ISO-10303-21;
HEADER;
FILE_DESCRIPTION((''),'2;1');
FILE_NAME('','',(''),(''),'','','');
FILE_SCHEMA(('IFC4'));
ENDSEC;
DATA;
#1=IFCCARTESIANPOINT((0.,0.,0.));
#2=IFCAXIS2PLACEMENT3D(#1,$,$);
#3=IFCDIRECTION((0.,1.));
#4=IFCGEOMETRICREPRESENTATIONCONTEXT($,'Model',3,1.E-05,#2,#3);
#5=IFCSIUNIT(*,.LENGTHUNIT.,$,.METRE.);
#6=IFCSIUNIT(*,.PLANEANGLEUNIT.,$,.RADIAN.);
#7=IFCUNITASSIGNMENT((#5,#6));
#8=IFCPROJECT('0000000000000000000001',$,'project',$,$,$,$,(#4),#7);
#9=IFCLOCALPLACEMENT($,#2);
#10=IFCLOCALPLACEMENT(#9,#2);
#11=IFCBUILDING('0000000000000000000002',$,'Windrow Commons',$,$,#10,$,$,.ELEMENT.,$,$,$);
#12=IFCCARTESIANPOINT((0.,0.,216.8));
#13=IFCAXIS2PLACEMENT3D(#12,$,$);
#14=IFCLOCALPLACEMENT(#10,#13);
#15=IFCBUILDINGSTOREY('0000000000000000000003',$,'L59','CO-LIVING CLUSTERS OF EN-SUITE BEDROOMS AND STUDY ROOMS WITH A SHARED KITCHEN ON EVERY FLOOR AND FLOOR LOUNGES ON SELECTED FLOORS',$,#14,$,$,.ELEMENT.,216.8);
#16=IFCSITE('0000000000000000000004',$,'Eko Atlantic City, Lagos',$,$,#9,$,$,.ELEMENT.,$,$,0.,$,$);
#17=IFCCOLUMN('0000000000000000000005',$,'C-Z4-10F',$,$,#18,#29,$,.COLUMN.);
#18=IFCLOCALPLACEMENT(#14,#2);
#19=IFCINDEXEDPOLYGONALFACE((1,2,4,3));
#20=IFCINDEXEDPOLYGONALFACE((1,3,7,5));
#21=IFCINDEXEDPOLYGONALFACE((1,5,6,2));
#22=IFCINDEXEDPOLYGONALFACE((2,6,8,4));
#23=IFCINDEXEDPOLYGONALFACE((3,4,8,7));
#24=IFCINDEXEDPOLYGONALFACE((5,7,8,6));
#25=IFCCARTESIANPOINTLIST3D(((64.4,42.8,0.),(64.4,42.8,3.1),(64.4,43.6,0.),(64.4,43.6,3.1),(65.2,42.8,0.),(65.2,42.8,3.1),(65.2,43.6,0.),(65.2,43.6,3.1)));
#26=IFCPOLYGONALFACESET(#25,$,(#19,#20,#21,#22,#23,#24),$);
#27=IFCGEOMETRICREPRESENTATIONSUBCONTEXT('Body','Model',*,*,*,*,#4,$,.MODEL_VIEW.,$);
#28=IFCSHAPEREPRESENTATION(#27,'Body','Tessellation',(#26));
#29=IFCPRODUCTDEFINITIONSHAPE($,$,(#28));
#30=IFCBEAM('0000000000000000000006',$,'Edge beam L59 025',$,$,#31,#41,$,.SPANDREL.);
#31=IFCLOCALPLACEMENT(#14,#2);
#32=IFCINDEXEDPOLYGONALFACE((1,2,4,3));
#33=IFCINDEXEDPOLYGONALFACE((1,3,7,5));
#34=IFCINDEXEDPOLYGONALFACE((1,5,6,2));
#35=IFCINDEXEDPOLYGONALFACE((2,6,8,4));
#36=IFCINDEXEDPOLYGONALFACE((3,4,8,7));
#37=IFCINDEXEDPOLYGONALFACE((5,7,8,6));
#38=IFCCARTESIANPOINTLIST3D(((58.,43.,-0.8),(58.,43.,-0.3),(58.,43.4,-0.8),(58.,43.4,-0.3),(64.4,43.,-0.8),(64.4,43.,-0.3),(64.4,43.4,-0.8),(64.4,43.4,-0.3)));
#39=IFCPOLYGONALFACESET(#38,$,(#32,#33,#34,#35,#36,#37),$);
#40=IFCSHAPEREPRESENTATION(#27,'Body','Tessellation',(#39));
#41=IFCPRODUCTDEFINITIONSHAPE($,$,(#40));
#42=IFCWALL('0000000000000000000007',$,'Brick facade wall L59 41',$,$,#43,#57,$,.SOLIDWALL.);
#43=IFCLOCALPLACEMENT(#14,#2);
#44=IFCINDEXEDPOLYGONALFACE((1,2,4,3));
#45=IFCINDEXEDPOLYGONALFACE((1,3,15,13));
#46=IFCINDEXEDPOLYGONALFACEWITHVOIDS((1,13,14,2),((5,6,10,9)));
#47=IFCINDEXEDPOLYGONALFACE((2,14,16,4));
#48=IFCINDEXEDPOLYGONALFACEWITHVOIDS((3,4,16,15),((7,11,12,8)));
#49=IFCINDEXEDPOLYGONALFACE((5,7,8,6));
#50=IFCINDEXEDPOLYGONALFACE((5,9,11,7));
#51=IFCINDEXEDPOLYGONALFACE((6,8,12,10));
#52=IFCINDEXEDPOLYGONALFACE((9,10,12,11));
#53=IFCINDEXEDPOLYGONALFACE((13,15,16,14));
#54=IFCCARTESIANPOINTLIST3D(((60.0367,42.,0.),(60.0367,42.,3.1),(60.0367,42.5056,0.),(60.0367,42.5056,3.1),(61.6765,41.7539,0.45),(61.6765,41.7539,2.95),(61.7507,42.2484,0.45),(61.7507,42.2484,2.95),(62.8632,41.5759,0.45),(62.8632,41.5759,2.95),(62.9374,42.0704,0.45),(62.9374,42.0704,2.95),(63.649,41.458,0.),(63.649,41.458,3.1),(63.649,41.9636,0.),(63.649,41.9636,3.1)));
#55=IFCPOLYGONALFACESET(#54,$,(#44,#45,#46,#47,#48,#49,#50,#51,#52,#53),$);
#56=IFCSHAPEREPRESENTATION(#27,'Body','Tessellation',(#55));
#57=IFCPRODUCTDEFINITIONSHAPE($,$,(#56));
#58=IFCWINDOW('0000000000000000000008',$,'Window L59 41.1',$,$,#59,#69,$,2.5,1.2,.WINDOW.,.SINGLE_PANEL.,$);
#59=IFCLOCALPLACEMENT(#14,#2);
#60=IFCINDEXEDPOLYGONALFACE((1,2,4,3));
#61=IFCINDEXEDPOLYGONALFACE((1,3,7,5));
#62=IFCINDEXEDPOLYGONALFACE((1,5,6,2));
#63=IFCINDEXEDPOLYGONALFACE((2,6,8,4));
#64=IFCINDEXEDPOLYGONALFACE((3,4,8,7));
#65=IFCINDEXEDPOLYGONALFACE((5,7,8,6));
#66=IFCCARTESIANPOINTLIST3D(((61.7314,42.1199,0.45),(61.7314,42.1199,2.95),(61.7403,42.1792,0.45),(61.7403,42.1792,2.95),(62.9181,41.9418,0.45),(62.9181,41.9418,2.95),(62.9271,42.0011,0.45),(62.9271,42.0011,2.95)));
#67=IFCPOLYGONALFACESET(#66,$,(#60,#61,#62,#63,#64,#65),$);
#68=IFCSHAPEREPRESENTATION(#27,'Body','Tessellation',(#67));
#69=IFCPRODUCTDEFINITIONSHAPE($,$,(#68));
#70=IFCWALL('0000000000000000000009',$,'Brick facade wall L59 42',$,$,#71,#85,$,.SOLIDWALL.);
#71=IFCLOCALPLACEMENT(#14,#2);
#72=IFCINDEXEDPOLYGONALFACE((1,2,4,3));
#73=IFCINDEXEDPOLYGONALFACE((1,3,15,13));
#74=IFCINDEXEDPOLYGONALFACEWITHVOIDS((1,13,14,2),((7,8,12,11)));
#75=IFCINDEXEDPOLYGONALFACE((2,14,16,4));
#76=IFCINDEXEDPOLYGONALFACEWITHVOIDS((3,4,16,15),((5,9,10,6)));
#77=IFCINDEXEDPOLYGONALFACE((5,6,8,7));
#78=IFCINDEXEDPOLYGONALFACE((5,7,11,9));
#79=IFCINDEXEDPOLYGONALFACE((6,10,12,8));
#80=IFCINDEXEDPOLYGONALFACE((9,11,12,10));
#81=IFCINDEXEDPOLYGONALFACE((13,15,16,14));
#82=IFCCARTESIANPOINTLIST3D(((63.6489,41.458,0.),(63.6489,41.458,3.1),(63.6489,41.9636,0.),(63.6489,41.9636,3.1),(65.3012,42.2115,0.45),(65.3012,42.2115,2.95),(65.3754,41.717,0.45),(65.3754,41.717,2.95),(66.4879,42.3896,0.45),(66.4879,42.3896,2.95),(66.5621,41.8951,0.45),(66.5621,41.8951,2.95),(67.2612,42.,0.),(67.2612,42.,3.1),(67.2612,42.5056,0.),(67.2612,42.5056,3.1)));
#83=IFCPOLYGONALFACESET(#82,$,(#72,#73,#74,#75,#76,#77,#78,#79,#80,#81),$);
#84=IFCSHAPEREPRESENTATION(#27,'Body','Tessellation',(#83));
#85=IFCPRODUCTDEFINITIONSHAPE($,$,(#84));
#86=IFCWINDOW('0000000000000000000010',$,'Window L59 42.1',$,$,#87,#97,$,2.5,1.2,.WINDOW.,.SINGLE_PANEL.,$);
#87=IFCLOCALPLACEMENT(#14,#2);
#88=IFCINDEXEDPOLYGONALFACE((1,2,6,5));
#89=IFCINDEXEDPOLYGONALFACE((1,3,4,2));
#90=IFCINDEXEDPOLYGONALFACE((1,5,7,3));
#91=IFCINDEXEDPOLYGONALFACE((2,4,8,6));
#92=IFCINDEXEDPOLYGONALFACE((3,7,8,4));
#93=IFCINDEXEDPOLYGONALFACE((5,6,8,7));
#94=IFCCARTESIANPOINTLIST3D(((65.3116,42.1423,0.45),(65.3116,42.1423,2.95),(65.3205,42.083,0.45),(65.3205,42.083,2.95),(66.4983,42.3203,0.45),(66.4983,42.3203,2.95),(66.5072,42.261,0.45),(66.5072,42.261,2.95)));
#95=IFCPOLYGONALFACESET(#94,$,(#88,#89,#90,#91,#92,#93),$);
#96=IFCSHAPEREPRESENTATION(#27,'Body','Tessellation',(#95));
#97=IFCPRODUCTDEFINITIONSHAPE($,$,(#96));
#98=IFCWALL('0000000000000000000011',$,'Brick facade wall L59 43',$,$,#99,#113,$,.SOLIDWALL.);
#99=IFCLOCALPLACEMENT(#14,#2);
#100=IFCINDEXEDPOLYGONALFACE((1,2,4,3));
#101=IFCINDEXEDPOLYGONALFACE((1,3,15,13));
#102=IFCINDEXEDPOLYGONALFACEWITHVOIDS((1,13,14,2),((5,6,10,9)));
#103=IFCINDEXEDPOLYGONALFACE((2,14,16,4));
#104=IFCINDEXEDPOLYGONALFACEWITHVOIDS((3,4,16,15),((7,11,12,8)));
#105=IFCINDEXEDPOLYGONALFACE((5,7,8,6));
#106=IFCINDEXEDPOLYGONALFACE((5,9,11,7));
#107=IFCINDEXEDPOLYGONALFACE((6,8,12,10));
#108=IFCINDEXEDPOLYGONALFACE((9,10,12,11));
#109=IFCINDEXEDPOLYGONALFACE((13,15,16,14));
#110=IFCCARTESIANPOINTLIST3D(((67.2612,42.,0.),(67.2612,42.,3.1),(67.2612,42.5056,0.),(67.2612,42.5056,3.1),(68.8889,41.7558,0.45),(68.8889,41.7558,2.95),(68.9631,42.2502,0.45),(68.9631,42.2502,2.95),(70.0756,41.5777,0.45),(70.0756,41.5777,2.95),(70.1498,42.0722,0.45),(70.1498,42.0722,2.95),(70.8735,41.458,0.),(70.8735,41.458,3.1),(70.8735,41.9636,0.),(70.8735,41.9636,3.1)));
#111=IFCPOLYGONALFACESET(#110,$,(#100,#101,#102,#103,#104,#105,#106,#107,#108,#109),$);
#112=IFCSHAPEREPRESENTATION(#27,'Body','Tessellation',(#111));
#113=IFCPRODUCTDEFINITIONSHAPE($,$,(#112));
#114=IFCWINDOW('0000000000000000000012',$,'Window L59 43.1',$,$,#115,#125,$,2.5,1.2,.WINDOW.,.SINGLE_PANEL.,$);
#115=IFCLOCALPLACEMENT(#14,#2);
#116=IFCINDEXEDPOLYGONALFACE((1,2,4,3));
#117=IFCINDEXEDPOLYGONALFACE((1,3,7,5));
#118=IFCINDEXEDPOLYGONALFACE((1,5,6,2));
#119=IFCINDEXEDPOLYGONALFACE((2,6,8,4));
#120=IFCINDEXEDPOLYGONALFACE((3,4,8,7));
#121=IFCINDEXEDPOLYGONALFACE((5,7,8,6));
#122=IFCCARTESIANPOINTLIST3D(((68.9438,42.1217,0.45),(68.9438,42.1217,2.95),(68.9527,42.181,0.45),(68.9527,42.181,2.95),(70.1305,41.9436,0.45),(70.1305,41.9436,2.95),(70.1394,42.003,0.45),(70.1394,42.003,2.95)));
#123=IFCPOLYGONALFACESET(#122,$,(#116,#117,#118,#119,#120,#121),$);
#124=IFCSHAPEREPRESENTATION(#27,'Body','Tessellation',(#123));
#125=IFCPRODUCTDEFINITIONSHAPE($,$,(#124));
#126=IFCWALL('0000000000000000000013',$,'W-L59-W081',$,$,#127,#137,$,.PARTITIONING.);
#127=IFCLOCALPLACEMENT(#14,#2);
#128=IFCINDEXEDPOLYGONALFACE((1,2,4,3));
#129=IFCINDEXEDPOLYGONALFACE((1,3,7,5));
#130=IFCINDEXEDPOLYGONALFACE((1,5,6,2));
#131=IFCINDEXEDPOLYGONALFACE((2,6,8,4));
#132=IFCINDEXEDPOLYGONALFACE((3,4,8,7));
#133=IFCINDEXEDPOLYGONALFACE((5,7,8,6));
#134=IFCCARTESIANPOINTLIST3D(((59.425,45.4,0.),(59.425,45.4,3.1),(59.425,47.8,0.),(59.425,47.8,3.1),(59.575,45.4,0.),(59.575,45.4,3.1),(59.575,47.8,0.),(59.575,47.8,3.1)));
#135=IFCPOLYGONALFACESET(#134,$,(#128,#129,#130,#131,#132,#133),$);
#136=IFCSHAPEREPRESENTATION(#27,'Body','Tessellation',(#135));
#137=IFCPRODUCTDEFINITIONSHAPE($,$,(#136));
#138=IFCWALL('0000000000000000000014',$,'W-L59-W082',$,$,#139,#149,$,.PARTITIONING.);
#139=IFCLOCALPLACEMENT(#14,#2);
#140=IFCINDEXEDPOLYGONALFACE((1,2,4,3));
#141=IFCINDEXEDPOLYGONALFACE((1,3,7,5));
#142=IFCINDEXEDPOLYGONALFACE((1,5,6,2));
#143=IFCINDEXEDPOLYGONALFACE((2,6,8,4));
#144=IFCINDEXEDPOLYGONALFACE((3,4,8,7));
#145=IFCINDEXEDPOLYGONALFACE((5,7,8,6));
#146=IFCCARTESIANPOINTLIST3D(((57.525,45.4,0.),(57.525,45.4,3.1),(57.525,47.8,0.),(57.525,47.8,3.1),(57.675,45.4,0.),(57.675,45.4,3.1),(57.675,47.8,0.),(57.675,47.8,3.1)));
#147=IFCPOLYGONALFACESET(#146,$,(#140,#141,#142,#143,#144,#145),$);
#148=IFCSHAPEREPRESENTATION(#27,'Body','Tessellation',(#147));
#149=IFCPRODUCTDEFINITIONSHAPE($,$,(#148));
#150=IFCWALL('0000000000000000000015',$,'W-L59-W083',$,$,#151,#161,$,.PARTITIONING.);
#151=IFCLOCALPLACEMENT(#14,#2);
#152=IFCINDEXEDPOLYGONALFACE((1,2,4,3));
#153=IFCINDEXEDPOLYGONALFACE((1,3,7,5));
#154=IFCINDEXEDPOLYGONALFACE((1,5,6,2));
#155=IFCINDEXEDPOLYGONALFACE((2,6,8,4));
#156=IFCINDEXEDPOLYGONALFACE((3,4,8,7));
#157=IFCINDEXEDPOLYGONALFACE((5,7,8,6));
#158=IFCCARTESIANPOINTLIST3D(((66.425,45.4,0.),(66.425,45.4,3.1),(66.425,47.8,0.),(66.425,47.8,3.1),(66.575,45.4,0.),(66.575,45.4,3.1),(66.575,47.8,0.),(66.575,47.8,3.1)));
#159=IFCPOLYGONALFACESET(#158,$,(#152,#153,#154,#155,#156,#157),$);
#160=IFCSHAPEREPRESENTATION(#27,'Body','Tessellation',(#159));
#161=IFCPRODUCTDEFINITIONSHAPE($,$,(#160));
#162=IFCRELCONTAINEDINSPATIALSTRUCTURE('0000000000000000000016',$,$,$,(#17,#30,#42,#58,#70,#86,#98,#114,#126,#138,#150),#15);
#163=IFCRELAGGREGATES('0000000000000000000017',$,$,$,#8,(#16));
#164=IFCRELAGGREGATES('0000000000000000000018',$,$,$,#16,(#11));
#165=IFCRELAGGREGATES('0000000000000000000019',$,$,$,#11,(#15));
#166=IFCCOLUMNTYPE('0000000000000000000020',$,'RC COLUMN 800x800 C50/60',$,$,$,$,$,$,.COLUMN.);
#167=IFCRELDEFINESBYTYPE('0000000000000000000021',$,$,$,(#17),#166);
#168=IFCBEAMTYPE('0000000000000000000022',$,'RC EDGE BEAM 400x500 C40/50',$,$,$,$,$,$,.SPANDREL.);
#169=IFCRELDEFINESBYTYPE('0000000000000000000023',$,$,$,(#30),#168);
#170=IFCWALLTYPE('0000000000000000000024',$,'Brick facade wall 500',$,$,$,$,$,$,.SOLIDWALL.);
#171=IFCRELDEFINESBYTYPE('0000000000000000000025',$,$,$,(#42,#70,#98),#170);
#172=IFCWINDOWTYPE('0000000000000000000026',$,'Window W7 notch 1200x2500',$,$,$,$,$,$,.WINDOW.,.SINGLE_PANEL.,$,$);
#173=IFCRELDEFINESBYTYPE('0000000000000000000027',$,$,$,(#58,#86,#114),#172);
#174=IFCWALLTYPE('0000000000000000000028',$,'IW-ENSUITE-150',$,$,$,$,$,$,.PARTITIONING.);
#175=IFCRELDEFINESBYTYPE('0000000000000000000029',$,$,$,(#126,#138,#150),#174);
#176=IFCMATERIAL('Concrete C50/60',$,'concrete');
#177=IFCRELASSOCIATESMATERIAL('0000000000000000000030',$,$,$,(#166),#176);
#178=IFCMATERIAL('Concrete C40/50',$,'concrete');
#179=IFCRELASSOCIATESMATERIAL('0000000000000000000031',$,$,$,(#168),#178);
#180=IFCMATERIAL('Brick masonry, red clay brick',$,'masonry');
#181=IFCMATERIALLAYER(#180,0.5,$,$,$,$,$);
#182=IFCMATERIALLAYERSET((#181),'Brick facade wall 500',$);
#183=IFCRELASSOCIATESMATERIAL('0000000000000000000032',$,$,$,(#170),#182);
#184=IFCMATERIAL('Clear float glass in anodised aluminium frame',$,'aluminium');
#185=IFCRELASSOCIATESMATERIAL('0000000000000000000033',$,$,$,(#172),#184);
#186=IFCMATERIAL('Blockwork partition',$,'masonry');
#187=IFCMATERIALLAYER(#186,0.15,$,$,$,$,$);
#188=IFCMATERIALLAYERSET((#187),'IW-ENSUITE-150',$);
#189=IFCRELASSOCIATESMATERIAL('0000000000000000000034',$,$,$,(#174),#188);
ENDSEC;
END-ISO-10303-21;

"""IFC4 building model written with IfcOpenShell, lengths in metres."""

from ifc_helpers import new_model, si_unit, direction, frame, frame_2d, origin, origin_2d, place, context, subcontext, project, spatial, polyline, rectangle, outline, extrude, material, layer, layer_set, material_profile, profile_set, type_object, element, fill, save


model = new_model("IFC4")

# Units and contexts
model_context = context("Model", 3, precision=1e-05, world=origin(), true_north=direction((0.0, 1.0)))
body_context = subcontext(model_context, "Body", "Model", "MODEL_VIEW")
ifc_project = project(units=[si_unit("LENGTHUNIT", "METRE"), si_unit("PLANEANGLEUNIT", "RADIAN")], contexts=[model_context])

# Site, building, storey
site_placement = place(None, origin())
site = spatial("IfcSite", under=ifc_project, at=site_placement, Name="Eko Atlantic City, Lagos", CompositionType="ELEMENT", RefElevation=0.0)
building_placement = place(site_placement, origin())
building = spatial("IfcBuilding", under=site, at=building_placement, Name="Windrow Commons", CompositionType="ELEMENT")
storey_placement = place(building_placement, frame((0.0, 0.0, 216.8)))
storey = spatial("IfcBuildingStorey", under=building, at=storey_placement, Name="L59", Description="CO-LIVING CLUSTERS OF EN-SUITE BEDROOMS AND STUDY ROOMS WITH A SHARED KITCHEN ON EVERY FLOOR AND FLOOR LOUNGES ON SELECTED FLOORS", CompositionType="ELEMENT", Elevation=216.8)

# Column
ifc_material_1 = material(Name="Concrete C50/60", Category="concrete")
ifc_material_profile_1 = material_profile(ifc_material_1, rectangle(XDim=0.8, YDim=0.8, at=origin_2d()))
ifc_profile_set_1 = profile_set([ifc_material_profile_1], Name="Concrete C50/60")
column_type = type_object("IfcColumnType", Name="RC COLUMN 800x800 C50/60", PredefinedType="COLUMN", material=ifc_profile_set_1)
column_placement = place(storey_placement, frame((64.8, 43.2, 0.0), z_axis=(0.0, 0.0, 1.0), x_axis=(1.0, 0.0, 0.0)))
element("IfcColumn", 1, at=column_placement, inside=storey, type_object=column_type, Name="C-Z4-10F", PredefinedType="COLUMN", context=body_context, shape_type="SweptSolid", body=[
    extrude(rectangle(XDim=0.8, YDim=0.8, at=origin_2d()), origin(), (0.0, 0.0, 1.0), 3.1),
])

# Beam
ifc_material_2 = material(Name="Concrete C40/50", Category="concrete")
ifc_material_profile_2 = material_profile(ifc_material_2, rectangle(XDim=0.4, YDim=0.5, at=origin_2d()))
ifc_profile_set_2 = profile_set([ifc_material_profile_2], Name="Concrete C40/50")
beam_type = type_object("IfcBeamType", Name="RC EDGE BEAM 400x500 C40/50", PredefinedType="SPANDREL", material=ifc_profile_set_2)
beam_placement = place(storey_placement, frame((64.4, 43.2, -0.55), z_axis=(-1.0, 0.0, 0.0), x_axis=(0.0, -1.0, 0.0)))
element("IfcBeam", 2, at=beam_placement, inside=storey, type_object=beam_type, Name="Edge beam L59 025", PredefinedType="SPANDREL", context=body_context, shape_type="SweptSolid", body=[
    extrude(rectangle(XDim=0.4, YDim=0.5, at=origin_2d()), origin(), (0.0, 0.0, 1.0), 6.4),
])

# Walls, openings, windows
ifc_material_3 = material(Name="Brick masonry, red clay brick", Category="masonry")
ifc_layer_1 = layer(ifc_material_3, 0.5)
ifc_layer_set_1 = layer_set([ifc_layer_1], Name="Brick facade wall 500")
wall_type_1 = type_object("IfcWallType", Name="Brick facade wall 500", PredefinedType="SOLIDWALL", material=ifc_layer_set_1)
wall_1_placement = place(storey_placement, frame((60.0367, 42.2528, 0.0), z_axis=(0.0, 0.0, 1.0), x_axis=(0.98893, -0.148386, 0.0)))
wall_1 = element("IfcWall", 3, at=wall_1_placement, inside=storey, type_object=wall_type_1, Name="Brick facade wall L59 41", PredefinedType="SOLIDWALL", context=body_context, shape_type="SweptSolid", body=[
    extrude(outline(polyline([(0.0375, -0.25), (3.6902, -0.25), (3.6152, 0.25), (-0.0375, 0.25), (0.0375, -0.25)])), origin(), (0.0, 0.0, 1.0), 3.1),
])
opening_1_placement = place(wall_1_placement, frame((1.6957, 0.0, 0.45)))
opening_1 = element("IfcOpeningElement", 4, at=opening_1_placement, cuts=wall_1, PredefinedType="OPENING", context=body_context, shape_type="SweptSolid", body=[
    extrude(rectangle(XDim=1.2, YDim=2.5, at=frame_2d((0.6, 1.25))), frame((0.0, 0.26, 0.0), z_axis=(0.0, -1.0, 0.0), x_axis=(1.0, 0.0, 0.0)), (0.0, 0.0, 1.0), 0.52),
])
ifc_material_4 = material(Name="Clear float glass in anodised aluminium frame", Category="aluminium")
window_type = type_object("IfcWindowType", Name="Window W7 notch 1200x2500", PartitioningType="SINGLE_PANEL", PredefinedType="WINDOW", material=ifc_material_4)
window_1_placement = place(opening_1_placement, origin())
window_1 = element("IfcWindow", 5, at=window_1_placement, inside=storey, type_object=window_type, Name="Window L59 41.1", OverallHeight=2.5, OverallWidth=1.2, PartitioningType="SINGLE_PANEL", PredefinedType="WINDOW", context=body_context, shape_type="SweptSolid", body=[
    extrude(rectangle(XDim=1.2, YDim=2.5, at=frame_2d((0.6, 1.25))), frame((0.0, 0.18, 0.0), z_axis=(0.0, -1.0, 0.0), x_axis=(1.0, 0.0, 0.0)), (0.0, 0.0, 1.0), 0.06),
])
fill(opening_1, window_1)
wall_2_placement = place(storey_placement, frame((63.6489, 41.7108, 0.0), z_axis=(0.0, 0.0, 1.0), x_axis=(0.98893, 0.148382, 0.0)))
wall_2 = element("IfcWall", 6, at=wall_2_placement, inside=storey, type_object=wall_type_1, Name="Brick facade wall L59 42", PredefinedType="SOLIDWALL", context=body_context, shape_type="SweptSolid", body=[
    extrude(outline(polyline([(-0.0375, -0.25), (3.6152, -0.25), (3.6902, 0.25), (0.0375, 0.25), (-0.0375, -0.25)])), origin(), (0.0, 0.0, 1.0), 3.1),
])
opening_2_placement = place(wall_2_placement, frame((1.7083, 0.0, 0.45)))
opening_2 = element("IfcOpeningElement", 7, at=opening_2_placement, cuts=wall_2, PredefinedType="OPENING", context=body_context, shape_type="SweptSolid", body=[
    extrude(rectangle(XDim=1.2, YDim=2.5, at=frame_2d((0.6, 1.25))), frame((0.0, 0.26, 0.0), z_axis=(0.0, -1.0, 0.0), x_axis=(1.0, 0.0, 0.0)), (0.0, 0.0, 1.0), 0.52),
])
window_2_placement = place(opening_2_placement, origin())
window_2 = element("IfcWindow", 8, at=window_2_placement, inside=storey, type_object=window_type, Name="Window L59 42.1", OverallHeight=2.5, OverallWidth=1.2, PartitioningType="SINGLE_PANEL", PredefinedType="WINDOW", context=body_context, shape_type="SweptSolid", body=[
    extrude(rectangle(XDim=1.2, YDim=2.5, at=frame_2d((0.6, 1.25))), frame((0.0, 0.18, 0.0), z_axis=(0.0, -1.0, 0.0), x_axis=(1.0, 0.0, 0.0)), (0.0, 0.0, 1.0), 0.06),
])
fill(opening_2, window_2)
wall_3_placement = place(storey_placement, frame((67.2612, 42.2528, 0.0), z_axis=(0.0, 0.0, 1.0), x_axis=(0.98893, -0.148386, 0.0)))
wall_3 = element("IfcWall", 9, at=wall_3_placement, inside=storey, type_object=wall_type_1, Name="Brick facade wall L59 43", PredefinedType="SOLIDWALL", context=body_context, shape_type="SweptSolid", body=[
    extrude(outline(polyline([(0.0375, -0.25), (3.6902, -0.25), (3.6152, 0.25), (-0.0375, 0.25), (0.0375, -0.25)])), origin(), (0.0, 0.0, 1.0), 3.1),
])
opening_3_placement = place(wall_3_placement, frame((1.6834, 0.0, 0.45)))
opening_3 = element("IfcOpeningElement", 10, at=opening_3_placement, cuts=wall_3, PredefinedType="OPENING", context=body_context, shape_type="SweptSolid", body=[
    extrude(rectangle(XDim=1.2, YDim=2.5, at=frame_2d((0.6, 1.25))), frame((0.0, 0.26, 0.0), z_axis=(0.0, -1.0, 0.0), x_axis=(1.0, 0.0, 0.0)), (0.0, 0.0, 1.0), 0.52),
])
window_3_placement = place(opening_3_placement, origin())
window_3 = element("IfcWindow", 11, at=window_3_placement, inside=storey, type_object=window_type, Name="Window L59 43.1", OverallHeight=2.5, OverallWidth=1.2, PartitioningType="SINGLE_PANEL", PredefinedType="WINDOW", context=body_context, shape_type="SweptSolid", body=[
    extrude(rectangle(XDim=1.2, YDim=2.5, at=frame_2d((0.6, 1.25))), frame((0.0, 0.18, 0.0), z_axis=(0.0, -1.0, 0.0), x_axis=(1.0, 0.0, 0.0)), (0.0, 0.0, 1.0), 0.06),
])
fill(opening_3, window_3)

# Walls
ifc_material_5 = material(Name="Blockwork partition", Category="masonry")
ifc_layer_2 = layer(ifc_material_5, 0.15)
ifc_layer_set_2 = layer_set([ifc_layer_2], Name="IW-ENSUITE-150")
wall_type_2 = type_object("IfcWallType", Name="IW-ENSUITE-150", PredefinedType="PARTITIONING", material=ifc_layer_set_2)
for number, where, z_axis, x_axis, name in (
    (12, (59.5, 45.4, 0.0), (0.0, 0.0, 1.0), (0.0, 1.0, 0.0), "W-L59-W081"),
    (13, (57.6, 45.4, 0.0), (0.0, 0.0, 1.0), (0.0, 1.0, 0.0), "W-L59-W082"),
    (14, (66.5, 45.4, 0.0), (0.0, 0.0, 1.0), (0.0, 1.0, 0.0), "W-L59-W083"),
):
    element("IfcWall", number, at=place(storey_placement, frame(where, z_axis=z_axis, x_axis=x_axis)), inside=storey, type_object=wall_type_2, Name=name, PredefinedType="PARTITIONING", context=body_context, shape_type="SweptSolid", body=[
        extrude(rectangle(XDim=2.4, YDim=0.15, at=frame_2d((1.2, 0.0))), origin(), (0.0, 0.0, 1.0), 3.1),
    ])

save(model, "model.ifc")
